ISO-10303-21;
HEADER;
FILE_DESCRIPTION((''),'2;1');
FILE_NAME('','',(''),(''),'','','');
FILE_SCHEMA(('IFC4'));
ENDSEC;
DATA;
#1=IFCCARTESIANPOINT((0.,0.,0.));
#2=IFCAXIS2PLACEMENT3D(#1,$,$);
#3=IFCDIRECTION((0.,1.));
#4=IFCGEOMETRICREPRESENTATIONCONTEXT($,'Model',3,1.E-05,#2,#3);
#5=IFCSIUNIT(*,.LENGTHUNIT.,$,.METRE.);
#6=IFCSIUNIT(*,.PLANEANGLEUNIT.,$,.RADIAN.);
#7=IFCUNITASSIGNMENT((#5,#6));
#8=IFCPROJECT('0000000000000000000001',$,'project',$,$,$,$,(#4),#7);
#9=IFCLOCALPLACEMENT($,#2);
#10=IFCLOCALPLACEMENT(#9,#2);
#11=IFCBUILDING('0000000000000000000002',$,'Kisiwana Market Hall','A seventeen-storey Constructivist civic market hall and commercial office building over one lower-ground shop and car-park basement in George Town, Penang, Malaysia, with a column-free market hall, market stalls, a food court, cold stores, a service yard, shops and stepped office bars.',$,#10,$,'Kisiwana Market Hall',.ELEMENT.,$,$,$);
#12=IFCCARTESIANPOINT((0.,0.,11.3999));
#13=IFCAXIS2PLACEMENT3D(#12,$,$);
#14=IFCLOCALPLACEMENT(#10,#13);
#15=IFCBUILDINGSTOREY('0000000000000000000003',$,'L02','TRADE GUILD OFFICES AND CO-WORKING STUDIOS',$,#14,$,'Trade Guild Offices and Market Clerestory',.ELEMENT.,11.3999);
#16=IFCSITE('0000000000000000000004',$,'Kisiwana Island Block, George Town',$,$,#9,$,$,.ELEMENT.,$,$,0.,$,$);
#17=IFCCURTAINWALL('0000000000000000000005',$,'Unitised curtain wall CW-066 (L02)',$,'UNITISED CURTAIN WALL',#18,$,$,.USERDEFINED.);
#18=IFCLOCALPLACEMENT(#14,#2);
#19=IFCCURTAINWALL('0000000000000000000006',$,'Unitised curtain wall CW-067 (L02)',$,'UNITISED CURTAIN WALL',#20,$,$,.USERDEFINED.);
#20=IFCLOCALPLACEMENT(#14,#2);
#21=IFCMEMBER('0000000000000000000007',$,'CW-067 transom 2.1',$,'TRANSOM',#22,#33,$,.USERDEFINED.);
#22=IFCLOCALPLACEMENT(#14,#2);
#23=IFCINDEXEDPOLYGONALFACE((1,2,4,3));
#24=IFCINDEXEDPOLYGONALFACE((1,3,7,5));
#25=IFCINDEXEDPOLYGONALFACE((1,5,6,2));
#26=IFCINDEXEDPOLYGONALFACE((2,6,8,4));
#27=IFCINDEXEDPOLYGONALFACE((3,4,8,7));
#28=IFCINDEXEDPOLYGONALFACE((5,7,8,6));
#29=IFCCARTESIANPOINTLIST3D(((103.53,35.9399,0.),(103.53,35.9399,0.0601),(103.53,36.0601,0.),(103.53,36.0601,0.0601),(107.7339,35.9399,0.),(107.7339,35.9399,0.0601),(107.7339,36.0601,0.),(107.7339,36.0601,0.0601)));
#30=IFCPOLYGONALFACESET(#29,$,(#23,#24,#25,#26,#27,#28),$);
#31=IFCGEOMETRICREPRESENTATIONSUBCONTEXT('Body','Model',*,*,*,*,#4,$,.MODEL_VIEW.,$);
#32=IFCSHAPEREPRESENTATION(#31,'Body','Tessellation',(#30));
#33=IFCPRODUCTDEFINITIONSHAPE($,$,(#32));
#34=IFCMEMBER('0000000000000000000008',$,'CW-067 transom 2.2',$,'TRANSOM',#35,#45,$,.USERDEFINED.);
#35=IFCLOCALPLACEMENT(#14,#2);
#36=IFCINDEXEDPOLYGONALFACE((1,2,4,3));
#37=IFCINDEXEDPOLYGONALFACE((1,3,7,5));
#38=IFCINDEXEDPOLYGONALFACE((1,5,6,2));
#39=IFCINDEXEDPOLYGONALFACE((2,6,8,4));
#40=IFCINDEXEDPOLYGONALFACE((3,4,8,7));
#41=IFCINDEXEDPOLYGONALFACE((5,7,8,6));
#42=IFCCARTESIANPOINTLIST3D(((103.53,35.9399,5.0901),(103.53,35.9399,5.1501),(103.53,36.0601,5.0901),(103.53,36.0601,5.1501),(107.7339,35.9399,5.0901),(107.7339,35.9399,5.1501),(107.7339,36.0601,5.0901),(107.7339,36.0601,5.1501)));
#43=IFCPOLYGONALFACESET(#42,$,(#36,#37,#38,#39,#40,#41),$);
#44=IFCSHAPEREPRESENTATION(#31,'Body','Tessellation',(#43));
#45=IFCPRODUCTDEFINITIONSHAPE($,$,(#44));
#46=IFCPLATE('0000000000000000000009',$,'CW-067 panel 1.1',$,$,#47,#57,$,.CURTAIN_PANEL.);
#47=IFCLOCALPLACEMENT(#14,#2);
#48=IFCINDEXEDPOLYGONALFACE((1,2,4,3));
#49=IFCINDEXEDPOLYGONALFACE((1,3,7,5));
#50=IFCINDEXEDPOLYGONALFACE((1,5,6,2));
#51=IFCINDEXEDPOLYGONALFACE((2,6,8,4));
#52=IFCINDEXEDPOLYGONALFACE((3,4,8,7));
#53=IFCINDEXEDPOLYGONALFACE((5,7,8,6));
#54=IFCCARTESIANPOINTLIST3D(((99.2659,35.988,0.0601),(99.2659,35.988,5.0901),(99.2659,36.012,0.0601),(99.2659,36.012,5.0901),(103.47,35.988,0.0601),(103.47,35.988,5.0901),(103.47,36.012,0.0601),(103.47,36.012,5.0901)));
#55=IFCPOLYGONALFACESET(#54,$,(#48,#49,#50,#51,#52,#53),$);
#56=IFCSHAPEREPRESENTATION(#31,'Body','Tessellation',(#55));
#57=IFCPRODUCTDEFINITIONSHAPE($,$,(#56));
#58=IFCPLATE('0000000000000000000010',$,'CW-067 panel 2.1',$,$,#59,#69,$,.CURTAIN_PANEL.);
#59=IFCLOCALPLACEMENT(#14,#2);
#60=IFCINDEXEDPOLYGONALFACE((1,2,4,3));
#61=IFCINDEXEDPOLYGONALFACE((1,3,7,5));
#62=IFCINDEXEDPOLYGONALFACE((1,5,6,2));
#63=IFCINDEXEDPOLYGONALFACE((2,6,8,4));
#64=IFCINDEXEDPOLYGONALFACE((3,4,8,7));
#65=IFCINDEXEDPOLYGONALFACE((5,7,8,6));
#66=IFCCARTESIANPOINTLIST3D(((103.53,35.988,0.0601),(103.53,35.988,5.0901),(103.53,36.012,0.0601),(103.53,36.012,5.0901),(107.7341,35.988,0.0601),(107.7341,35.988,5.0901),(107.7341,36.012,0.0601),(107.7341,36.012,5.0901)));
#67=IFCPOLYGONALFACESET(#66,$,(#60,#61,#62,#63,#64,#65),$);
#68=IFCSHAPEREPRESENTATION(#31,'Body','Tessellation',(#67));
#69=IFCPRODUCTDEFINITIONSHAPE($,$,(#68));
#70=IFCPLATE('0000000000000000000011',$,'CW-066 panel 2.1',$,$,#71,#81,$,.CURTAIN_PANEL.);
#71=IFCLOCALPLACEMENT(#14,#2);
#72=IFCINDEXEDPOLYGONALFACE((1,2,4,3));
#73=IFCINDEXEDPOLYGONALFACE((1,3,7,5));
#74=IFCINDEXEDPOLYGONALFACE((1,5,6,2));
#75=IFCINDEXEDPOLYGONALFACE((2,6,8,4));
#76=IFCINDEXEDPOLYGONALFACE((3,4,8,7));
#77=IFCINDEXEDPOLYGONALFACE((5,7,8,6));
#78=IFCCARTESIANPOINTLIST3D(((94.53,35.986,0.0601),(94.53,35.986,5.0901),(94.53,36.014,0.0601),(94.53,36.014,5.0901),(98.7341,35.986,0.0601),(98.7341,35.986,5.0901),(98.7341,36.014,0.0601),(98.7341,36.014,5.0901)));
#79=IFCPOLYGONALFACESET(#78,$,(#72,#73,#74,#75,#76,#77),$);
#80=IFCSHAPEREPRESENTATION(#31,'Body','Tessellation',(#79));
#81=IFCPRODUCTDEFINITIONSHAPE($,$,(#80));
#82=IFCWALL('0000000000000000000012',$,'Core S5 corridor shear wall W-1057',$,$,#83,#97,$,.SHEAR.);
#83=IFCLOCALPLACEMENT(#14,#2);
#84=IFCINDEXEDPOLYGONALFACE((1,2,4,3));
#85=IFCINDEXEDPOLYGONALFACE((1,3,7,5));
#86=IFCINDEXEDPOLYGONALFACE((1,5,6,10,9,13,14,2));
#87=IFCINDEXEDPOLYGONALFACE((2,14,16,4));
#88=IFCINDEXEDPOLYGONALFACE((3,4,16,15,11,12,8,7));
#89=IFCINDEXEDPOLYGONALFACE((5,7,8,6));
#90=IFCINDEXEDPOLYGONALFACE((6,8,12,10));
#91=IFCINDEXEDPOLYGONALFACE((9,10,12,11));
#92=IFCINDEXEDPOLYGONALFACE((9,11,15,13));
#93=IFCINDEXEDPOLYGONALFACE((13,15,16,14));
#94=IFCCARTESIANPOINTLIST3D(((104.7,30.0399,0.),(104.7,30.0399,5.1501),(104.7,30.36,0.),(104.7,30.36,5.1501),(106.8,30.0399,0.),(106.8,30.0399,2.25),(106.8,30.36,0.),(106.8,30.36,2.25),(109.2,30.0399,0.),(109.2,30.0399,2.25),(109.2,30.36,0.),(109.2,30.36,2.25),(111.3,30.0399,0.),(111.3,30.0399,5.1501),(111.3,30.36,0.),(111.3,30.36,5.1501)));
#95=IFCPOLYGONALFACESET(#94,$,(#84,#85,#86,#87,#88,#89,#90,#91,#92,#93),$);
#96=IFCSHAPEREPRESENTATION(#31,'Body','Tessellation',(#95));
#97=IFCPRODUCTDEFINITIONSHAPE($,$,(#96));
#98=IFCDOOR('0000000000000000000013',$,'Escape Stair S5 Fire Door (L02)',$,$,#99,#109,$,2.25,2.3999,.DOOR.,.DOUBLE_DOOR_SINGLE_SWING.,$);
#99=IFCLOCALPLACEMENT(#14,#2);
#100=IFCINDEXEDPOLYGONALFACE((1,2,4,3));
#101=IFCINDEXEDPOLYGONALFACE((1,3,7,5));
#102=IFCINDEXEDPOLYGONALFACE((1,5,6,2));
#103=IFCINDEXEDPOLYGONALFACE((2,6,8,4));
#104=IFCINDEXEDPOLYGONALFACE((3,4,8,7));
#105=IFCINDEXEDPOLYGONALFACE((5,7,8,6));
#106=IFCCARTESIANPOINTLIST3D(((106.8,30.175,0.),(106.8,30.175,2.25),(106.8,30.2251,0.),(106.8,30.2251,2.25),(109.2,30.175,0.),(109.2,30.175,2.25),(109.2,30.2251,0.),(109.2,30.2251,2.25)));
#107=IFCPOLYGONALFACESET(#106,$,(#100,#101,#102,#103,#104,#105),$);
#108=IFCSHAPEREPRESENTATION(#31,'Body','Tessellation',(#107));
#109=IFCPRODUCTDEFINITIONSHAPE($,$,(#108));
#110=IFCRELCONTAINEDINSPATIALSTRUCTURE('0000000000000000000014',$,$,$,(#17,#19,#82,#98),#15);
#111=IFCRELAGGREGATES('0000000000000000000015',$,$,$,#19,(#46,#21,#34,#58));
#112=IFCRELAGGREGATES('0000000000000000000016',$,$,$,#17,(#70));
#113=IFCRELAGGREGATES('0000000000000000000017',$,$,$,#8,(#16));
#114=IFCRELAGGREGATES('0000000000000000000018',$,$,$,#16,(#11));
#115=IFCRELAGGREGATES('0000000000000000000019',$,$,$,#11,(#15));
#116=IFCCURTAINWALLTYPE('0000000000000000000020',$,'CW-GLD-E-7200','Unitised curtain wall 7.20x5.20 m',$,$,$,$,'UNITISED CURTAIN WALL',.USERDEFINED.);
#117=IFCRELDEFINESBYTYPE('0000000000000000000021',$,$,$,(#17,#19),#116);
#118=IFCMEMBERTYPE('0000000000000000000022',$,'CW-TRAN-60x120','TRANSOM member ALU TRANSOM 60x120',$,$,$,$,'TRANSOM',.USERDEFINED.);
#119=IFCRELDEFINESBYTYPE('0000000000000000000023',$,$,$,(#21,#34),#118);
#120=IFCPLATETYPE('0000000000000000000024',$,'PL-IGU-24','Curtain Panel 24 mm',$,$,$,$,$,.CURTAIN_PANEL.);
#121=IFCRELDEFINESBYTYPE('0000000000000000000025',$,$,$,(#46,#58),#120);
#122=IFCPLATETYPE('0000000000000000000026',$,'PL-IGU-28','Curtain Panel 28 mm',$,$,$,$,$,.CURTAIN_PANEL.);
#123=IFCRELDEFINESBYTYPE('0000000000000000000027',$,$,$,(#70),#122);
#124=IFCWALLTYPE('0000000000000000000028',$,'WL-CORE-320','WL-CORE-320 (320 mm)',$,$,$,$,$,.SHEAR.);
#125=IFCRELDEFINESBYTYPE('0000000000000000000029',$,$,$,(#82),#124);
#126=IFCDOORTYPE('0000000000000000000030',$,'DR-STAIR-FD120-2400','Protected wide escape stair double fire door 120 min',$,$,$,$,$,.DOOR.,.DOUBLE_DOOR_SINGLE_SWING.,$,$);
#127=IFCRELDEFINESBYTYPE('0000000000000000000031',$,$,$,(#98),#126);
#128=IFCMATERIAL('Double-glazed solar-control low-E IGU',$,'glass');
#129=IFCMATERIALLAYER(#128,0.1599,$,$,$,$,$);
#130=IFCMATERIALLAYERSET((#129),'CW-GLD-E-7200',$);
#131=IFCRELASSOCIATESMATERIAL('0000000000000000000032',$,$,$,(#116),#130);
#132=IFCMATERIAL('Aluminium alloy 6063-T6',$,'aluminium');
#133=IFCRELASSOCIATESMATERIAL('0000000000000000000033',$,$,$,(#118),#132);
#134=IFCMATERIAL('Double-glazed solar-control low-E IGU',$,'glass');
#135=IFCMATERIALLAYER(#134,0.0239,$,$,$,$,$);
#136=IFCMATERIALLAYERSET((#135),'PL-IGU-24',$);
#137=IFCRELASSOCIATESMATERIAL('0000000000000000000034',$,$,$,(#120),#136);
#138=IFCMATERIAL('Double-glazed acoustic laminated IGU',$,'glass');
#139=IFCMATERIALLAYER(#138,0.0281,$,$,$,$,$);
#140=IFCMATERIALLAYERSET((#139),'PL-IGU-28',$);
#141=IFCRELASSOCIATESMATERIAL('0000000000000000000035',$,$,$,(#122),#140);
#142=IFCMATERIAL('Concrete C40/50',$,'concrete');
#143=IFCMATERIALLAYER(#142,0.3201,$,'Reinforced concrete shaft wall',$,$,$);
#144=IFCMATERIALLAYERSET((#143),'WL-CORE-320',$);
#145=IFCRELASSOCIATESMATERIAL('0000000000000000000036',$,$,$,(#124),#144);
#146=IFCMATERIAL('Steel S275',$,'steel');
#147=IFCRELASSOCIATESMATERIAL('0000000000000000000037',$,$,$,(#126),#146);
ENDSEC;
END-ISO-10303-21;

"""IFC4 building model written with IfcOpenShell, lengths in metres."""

from ifc_helpers import new_model, si_unit, direction, frame, frame_2d, origin, origin_2d, place, context, subcontext, project, spatial, rectangle, extrude, material, layer, layer_set, material_profile, profile_set, type_object, element, fill, aggregate, save


model = new_model("IFC4")

# Units and contexts
model_context = context("Model", 3, precision=1e-05, world=origin(), true_north=direction((0.0, 1.0)))
body_context = subcontext(model_context, "Body", "Model", "MODEL_VIEW")
ifc_project = project(units=[si_unit("LENGTHUNIT", "METRE"), si_unit("PLANEANGLEUNIT", "RADIAN")], contexts=[model_context])

# Site, building, storey
site_placement = place(None, origin())
site = spatial("IfcSite", under=ifc_project, at=site_placement, Name="Kisiwana Island Block, George Town", CompositionType="ELEMENT", RefElevation=0.0)
building_placement = place(site_placement, origin())
building = spatial("IfcBuilding", under=site, at=building_placement, Name="Kisiwana Market Hall", Description="A seventeen-storey Constructivist civic market hall and commercial office building over one lower-ground shop and car-park basement in George Town, Penang, Malaysia, with a column-free market hall, market stalls, a food court, cold stores, a service yard, shops and stepped office bars.", LongName="Kisiwana Market Hall", CompositionType="ELEMENT")
storey_placement = place(building_placement, frame((0.0, 0.0, 11.3999)))
storey = spatial("IfcBuildingStorey", under=building, at=storey_placement, Name="L02", Description="TRADE GUILD OFFICES AND CO-WORKING STUDIOS", LongName="Trade Guild Offices and Market Clerestory", CompositionType="ELEMENT", Elevation=11.3999)

# Curtain walls
ifc_material_1 = material(Name="Double-glazed solar-control low-E IGU", Category="glass")
ifc_layer_1 = layer(ifc_material_1, 0.1599)
ifc_layer_set_1 = layer_set([ifc_layer_1], Name="CW-GLD-E-7200")
curtain_wall_type = type_object("IfcCurtainWallType", Name="CW-GLD-E-7200", Description="Unitised curtain wall 7.20x5.20 m", ElementType="UNITISED CURTAIN WALL", PredefinedType="USERDEFINED", material=ifc_layer_set_1)
curtain_wall_1_placement = place(storey_placement, origin())
curtain_wall_1 = element("IfcCurtainWall", 1, at=curtain_wall_1_placement, inside=storey, type_object=curtain_wall_type, Name="Unitised curtain wall CW-066 (L02)", ObjectType="UNITISED CURTAIN WALL", PredefinedType="USERDEFINED")
curtain_wall_2_placement = place(storey_placement, origin())
curtain_wall_2 = element("IfcCurtainWall", 2, at=curtain_wall_2_placement, inside=storey, type_object=curtain_wall_type, Name="Unitised curtain wall CW-067 (L02)", ObjectType="UNITISED CURTAIN WALL", PredefinedType="USERDEFINED")

# Members
ifc_material_2 = material(Name="Aluminium alloy 6063-T6", Category="aluminium")
ifc_material_profile_1 = material_profile(ifc_material_2, rectangle(XDim=0.1201, YDim=0.0601, at=origin_2d()), Name="ALU TRANSOM 60x120")
ifc_profile_set_1 = profile_set([ifc_material_profile_1], Name="Aluminium alloy 6063-T6")
member_type_1 = type_object("IfcMemberType", Name="CW-TRAN-60x120", Description="TRANSOM member ALU TRANSOM 60x120", ElementType="TRANSOM", PredefinedType="USERDEFINED", material=ifc_profile_set_1)
member_1_placement = place(storey_placement, frame((103.53, 36.0, 0.03), z_axis=(1.0, 0.0, 0.0), x_axis=(0.0, 1.0, 0.0)))
member_1 = element("IfcMember", 3, at=member_1_placement, type_object=member_type_1, Name="CW-067 transom 2.1", ObjectType="TRANSOM", PredefinedType="USERDEFINED", context=body_context, shape_type="SweptSolid", body=[
    extrude(rectangle(XDim=0.1201, YDim=0.0601, at=origin_2d()), origin(), (0.0, 0.0, 1.0), 4.2039),
])
member_2_placement = place(storey_placement, frame((103.53, 36.0, 5.1201), z_axis=(1.0, 0.0, 0.0), x_axis=(0.0, 1.0, 0.0)))
member_2 = element("IfcMember", 4, at=member_2_placement, type_object=member_type_1, Name="CW-067 transom 2.2", ObjectType="TRANSOM", PredefinedType="USERDEFINED", context=body_context, shape_type="SweptSolid", body=[
    extrude(rectangle(XDim=0.1201, YDim=0.0601, at=origin_2d()), origin(), (0.0, 0.0, 1.0), 4.2039),
])

# Plates
ifc_material_3 = material(Name="Double-glazed solar-control low-E IGU", Category="glass")
ifc_layer_2 = layer(ifc_material_3, 0.0239)
ifc_layer_set_2 = layer_set([ifc_layer_2], Name="PL-IGU-24")
plate_type_1 = type_object("IfcPlateType", Name="PL-IGU-24", Description="Curtain Panel 24 mm", PredefinedType="CURTAIN_PANEL", material=ifc_layer_set_2)
plate_1_placement = place(storey_placement, frame((101.3679, 36.0, 0.0601), z_axis=(0.0, 0.0, 1.0), x_axis=(1.0, 0.0, 0.0)))
plate_1 = element("IfcPlate", 5, at=plate_1_placement, type_object=plate_type_1, Name="CW-067 panel 1.1", PredefinedType="CURTAIN_PANEL", context=body_context, shape_type="SweptSolid", body=[
    extrude(rectangle(XDim=4.2041, YDim=0.0239, at=origin_2d()), origin(), (0.0, 0.0, 1.0), 5.03),
])
plate_2_placement = place(storey_placement, frame((105.6321, 36.0, 0.0601), z_axis=(0.0, 0.0, 1.0), x_axis=(1.0, 0.0, 0.0)))
plate_2 = element("IfcPlate", 6, at=plate_2_placement, type_object=plate_type_1, Name="CW-067 panel 2.1", PredefinedType="CURTAIN_PANEL", context=body_context, shape_type="SweptSolid", body=[
    extrude(rectangle(XDim=4.2041, YDim=0.0239, at=origin_2d()), origin(), (0.0, 0.0, 1.0), 5.03),
])
aggregate(curtain_wall_2, [plate_1, member_1, member_2, plate_2])
ifc_material_4 = material(Name="Double-glazed acoustic laminated IGU", Category="glass")
ifc_layer_3 = layer(ifc_material_4, 0.0281)
ifc_layer_set_3 = layer_set([ifc_layer_3], Name="PL-IGU-28")
plate_type_2 = type_object("IfcPlateType", Name="PL-IGU-28", Description="Curtain Panel 28 mm", PredefinedType="CURTAIN_PANEL", material=ifc_layer_set_3)
plate_3_placement = place(storey_placement, frame((96.6321, 36.0, 0.0601), z_axis=(0.0, 0.0, 1.0), x_axis=(1.0, 0.0, 0.0)))
plate_3 = element("IfcPlate", 7, at=plate_3_placement, type_object=plate_type_2, Name="CW-066 panel 2.1", PredefinedType="CURTAIN_PANEL", context=body_context, shape_type="SweptSolid", body=[
    extrude(rectangle(XDim=4.2041, YDim=0.0281, at=origin_2d()), origin(), (0.0, 0.0, 1.0), 5.03),
])
aggregate(curtain_wall_1, [plate_3])

# Wall, opening, door
ifc_material_5 = material(Name="Concrete C40/50", Category="concrete")
ifc_layer_4 = layer(ifc_material_5, 0.3201, Name="Reinforced concrete shaft wall")
ifc_layer_set_4 = layer_set([ifc_layer_4], Name="WL-CORE-320")
wall_type = type_object("IfcWallType", Name="WL-CORE-320", Description="WL-CORE-320 (320 mm)", PredefinedType="SHEAR", material=ifc_layer_set_4)
wall_placement = place(storey_placement, frame((104.7, 30.2, 0.0), z_axis=(0.0, 0.0, 1.0), x_axis=(1.0, 0.0, 0.0)))
wall = element("IfcWall", 8, at=wall_placement, inside=storey, type_object=wall_type, Name="Core S5 corridor shear wall W-1057", PredefinedType="SHEAR", context=body_context, shape_type="SweptSolid", body=[
    extrude(rectangle(XDim=6.6001, YDim=0.3201, at=frame_2d((3.3, 0.0))), origin(), (0.0, 0.0, 1.0), 5.1501),
])
opening_placement = place(wall_placement, frame((2.1001, 0.0, 0.0)))
opening = element("IfcOpeningElement", 9, at=opening_placement, cuts=wall, PredefinedType="OPENING", context=body_context, shape_type="SweptSolid", body=[
    extrude(rectangle(XDim=2.3999, YDim=2.25, at=frame_2d((1.2, 1.125))), frame((0.0, 0.1719, 0.0), z_axis=(0.0, -1.0, 0.0), x_axis=(1.0, 0.0, 0.0)), (0.0, 0.0, 1.0), 0.344),
])
ifc_material_6 = material(Name="Steel S275", Category="steel")
door_type = type_object("IfcDoorType", Name="DR-STAIR-FD120-2400", Description="Protected wide escape stair double fire door 120 min", OperationType="DOUBLE_DOOR_SINGLE_SWING", PredefinedType="DOOR", material=ifc_material_6)
door_placement = place(opening_placement, frame((2.3999, 0.0, 0.0), z_axis=(0.0, 0.0, 1.0), x_axis=(-1.0, 0.0, 0.0)))
door = element("IfcDoor", 10, at=door_placement, inside=storey, type_object=door_type, Name="Escape Stair S5 Fire Door (L02)", OperationType="DOUBLE_DOOR_SINGLE_SWING", OverallHeight=2.25, OverallWidth=2.3999, PredefinedType="DOOR", context=body_context, shape_type="SweptSolid", body=[
    extrude(rectangle(XDim=2.3999, YDim=2.25, at=frame_2d((1.2, 1.125))), frame((0.0, 0.0249, 0.0), z_axis=(0.0, -1.0, 0.0), x_axis=(1.0, 0.0, 0.0)), (0.0, 0.0, 1.0), 0.05),
])
fill(opening, door)

save(model, "model.ifc")
